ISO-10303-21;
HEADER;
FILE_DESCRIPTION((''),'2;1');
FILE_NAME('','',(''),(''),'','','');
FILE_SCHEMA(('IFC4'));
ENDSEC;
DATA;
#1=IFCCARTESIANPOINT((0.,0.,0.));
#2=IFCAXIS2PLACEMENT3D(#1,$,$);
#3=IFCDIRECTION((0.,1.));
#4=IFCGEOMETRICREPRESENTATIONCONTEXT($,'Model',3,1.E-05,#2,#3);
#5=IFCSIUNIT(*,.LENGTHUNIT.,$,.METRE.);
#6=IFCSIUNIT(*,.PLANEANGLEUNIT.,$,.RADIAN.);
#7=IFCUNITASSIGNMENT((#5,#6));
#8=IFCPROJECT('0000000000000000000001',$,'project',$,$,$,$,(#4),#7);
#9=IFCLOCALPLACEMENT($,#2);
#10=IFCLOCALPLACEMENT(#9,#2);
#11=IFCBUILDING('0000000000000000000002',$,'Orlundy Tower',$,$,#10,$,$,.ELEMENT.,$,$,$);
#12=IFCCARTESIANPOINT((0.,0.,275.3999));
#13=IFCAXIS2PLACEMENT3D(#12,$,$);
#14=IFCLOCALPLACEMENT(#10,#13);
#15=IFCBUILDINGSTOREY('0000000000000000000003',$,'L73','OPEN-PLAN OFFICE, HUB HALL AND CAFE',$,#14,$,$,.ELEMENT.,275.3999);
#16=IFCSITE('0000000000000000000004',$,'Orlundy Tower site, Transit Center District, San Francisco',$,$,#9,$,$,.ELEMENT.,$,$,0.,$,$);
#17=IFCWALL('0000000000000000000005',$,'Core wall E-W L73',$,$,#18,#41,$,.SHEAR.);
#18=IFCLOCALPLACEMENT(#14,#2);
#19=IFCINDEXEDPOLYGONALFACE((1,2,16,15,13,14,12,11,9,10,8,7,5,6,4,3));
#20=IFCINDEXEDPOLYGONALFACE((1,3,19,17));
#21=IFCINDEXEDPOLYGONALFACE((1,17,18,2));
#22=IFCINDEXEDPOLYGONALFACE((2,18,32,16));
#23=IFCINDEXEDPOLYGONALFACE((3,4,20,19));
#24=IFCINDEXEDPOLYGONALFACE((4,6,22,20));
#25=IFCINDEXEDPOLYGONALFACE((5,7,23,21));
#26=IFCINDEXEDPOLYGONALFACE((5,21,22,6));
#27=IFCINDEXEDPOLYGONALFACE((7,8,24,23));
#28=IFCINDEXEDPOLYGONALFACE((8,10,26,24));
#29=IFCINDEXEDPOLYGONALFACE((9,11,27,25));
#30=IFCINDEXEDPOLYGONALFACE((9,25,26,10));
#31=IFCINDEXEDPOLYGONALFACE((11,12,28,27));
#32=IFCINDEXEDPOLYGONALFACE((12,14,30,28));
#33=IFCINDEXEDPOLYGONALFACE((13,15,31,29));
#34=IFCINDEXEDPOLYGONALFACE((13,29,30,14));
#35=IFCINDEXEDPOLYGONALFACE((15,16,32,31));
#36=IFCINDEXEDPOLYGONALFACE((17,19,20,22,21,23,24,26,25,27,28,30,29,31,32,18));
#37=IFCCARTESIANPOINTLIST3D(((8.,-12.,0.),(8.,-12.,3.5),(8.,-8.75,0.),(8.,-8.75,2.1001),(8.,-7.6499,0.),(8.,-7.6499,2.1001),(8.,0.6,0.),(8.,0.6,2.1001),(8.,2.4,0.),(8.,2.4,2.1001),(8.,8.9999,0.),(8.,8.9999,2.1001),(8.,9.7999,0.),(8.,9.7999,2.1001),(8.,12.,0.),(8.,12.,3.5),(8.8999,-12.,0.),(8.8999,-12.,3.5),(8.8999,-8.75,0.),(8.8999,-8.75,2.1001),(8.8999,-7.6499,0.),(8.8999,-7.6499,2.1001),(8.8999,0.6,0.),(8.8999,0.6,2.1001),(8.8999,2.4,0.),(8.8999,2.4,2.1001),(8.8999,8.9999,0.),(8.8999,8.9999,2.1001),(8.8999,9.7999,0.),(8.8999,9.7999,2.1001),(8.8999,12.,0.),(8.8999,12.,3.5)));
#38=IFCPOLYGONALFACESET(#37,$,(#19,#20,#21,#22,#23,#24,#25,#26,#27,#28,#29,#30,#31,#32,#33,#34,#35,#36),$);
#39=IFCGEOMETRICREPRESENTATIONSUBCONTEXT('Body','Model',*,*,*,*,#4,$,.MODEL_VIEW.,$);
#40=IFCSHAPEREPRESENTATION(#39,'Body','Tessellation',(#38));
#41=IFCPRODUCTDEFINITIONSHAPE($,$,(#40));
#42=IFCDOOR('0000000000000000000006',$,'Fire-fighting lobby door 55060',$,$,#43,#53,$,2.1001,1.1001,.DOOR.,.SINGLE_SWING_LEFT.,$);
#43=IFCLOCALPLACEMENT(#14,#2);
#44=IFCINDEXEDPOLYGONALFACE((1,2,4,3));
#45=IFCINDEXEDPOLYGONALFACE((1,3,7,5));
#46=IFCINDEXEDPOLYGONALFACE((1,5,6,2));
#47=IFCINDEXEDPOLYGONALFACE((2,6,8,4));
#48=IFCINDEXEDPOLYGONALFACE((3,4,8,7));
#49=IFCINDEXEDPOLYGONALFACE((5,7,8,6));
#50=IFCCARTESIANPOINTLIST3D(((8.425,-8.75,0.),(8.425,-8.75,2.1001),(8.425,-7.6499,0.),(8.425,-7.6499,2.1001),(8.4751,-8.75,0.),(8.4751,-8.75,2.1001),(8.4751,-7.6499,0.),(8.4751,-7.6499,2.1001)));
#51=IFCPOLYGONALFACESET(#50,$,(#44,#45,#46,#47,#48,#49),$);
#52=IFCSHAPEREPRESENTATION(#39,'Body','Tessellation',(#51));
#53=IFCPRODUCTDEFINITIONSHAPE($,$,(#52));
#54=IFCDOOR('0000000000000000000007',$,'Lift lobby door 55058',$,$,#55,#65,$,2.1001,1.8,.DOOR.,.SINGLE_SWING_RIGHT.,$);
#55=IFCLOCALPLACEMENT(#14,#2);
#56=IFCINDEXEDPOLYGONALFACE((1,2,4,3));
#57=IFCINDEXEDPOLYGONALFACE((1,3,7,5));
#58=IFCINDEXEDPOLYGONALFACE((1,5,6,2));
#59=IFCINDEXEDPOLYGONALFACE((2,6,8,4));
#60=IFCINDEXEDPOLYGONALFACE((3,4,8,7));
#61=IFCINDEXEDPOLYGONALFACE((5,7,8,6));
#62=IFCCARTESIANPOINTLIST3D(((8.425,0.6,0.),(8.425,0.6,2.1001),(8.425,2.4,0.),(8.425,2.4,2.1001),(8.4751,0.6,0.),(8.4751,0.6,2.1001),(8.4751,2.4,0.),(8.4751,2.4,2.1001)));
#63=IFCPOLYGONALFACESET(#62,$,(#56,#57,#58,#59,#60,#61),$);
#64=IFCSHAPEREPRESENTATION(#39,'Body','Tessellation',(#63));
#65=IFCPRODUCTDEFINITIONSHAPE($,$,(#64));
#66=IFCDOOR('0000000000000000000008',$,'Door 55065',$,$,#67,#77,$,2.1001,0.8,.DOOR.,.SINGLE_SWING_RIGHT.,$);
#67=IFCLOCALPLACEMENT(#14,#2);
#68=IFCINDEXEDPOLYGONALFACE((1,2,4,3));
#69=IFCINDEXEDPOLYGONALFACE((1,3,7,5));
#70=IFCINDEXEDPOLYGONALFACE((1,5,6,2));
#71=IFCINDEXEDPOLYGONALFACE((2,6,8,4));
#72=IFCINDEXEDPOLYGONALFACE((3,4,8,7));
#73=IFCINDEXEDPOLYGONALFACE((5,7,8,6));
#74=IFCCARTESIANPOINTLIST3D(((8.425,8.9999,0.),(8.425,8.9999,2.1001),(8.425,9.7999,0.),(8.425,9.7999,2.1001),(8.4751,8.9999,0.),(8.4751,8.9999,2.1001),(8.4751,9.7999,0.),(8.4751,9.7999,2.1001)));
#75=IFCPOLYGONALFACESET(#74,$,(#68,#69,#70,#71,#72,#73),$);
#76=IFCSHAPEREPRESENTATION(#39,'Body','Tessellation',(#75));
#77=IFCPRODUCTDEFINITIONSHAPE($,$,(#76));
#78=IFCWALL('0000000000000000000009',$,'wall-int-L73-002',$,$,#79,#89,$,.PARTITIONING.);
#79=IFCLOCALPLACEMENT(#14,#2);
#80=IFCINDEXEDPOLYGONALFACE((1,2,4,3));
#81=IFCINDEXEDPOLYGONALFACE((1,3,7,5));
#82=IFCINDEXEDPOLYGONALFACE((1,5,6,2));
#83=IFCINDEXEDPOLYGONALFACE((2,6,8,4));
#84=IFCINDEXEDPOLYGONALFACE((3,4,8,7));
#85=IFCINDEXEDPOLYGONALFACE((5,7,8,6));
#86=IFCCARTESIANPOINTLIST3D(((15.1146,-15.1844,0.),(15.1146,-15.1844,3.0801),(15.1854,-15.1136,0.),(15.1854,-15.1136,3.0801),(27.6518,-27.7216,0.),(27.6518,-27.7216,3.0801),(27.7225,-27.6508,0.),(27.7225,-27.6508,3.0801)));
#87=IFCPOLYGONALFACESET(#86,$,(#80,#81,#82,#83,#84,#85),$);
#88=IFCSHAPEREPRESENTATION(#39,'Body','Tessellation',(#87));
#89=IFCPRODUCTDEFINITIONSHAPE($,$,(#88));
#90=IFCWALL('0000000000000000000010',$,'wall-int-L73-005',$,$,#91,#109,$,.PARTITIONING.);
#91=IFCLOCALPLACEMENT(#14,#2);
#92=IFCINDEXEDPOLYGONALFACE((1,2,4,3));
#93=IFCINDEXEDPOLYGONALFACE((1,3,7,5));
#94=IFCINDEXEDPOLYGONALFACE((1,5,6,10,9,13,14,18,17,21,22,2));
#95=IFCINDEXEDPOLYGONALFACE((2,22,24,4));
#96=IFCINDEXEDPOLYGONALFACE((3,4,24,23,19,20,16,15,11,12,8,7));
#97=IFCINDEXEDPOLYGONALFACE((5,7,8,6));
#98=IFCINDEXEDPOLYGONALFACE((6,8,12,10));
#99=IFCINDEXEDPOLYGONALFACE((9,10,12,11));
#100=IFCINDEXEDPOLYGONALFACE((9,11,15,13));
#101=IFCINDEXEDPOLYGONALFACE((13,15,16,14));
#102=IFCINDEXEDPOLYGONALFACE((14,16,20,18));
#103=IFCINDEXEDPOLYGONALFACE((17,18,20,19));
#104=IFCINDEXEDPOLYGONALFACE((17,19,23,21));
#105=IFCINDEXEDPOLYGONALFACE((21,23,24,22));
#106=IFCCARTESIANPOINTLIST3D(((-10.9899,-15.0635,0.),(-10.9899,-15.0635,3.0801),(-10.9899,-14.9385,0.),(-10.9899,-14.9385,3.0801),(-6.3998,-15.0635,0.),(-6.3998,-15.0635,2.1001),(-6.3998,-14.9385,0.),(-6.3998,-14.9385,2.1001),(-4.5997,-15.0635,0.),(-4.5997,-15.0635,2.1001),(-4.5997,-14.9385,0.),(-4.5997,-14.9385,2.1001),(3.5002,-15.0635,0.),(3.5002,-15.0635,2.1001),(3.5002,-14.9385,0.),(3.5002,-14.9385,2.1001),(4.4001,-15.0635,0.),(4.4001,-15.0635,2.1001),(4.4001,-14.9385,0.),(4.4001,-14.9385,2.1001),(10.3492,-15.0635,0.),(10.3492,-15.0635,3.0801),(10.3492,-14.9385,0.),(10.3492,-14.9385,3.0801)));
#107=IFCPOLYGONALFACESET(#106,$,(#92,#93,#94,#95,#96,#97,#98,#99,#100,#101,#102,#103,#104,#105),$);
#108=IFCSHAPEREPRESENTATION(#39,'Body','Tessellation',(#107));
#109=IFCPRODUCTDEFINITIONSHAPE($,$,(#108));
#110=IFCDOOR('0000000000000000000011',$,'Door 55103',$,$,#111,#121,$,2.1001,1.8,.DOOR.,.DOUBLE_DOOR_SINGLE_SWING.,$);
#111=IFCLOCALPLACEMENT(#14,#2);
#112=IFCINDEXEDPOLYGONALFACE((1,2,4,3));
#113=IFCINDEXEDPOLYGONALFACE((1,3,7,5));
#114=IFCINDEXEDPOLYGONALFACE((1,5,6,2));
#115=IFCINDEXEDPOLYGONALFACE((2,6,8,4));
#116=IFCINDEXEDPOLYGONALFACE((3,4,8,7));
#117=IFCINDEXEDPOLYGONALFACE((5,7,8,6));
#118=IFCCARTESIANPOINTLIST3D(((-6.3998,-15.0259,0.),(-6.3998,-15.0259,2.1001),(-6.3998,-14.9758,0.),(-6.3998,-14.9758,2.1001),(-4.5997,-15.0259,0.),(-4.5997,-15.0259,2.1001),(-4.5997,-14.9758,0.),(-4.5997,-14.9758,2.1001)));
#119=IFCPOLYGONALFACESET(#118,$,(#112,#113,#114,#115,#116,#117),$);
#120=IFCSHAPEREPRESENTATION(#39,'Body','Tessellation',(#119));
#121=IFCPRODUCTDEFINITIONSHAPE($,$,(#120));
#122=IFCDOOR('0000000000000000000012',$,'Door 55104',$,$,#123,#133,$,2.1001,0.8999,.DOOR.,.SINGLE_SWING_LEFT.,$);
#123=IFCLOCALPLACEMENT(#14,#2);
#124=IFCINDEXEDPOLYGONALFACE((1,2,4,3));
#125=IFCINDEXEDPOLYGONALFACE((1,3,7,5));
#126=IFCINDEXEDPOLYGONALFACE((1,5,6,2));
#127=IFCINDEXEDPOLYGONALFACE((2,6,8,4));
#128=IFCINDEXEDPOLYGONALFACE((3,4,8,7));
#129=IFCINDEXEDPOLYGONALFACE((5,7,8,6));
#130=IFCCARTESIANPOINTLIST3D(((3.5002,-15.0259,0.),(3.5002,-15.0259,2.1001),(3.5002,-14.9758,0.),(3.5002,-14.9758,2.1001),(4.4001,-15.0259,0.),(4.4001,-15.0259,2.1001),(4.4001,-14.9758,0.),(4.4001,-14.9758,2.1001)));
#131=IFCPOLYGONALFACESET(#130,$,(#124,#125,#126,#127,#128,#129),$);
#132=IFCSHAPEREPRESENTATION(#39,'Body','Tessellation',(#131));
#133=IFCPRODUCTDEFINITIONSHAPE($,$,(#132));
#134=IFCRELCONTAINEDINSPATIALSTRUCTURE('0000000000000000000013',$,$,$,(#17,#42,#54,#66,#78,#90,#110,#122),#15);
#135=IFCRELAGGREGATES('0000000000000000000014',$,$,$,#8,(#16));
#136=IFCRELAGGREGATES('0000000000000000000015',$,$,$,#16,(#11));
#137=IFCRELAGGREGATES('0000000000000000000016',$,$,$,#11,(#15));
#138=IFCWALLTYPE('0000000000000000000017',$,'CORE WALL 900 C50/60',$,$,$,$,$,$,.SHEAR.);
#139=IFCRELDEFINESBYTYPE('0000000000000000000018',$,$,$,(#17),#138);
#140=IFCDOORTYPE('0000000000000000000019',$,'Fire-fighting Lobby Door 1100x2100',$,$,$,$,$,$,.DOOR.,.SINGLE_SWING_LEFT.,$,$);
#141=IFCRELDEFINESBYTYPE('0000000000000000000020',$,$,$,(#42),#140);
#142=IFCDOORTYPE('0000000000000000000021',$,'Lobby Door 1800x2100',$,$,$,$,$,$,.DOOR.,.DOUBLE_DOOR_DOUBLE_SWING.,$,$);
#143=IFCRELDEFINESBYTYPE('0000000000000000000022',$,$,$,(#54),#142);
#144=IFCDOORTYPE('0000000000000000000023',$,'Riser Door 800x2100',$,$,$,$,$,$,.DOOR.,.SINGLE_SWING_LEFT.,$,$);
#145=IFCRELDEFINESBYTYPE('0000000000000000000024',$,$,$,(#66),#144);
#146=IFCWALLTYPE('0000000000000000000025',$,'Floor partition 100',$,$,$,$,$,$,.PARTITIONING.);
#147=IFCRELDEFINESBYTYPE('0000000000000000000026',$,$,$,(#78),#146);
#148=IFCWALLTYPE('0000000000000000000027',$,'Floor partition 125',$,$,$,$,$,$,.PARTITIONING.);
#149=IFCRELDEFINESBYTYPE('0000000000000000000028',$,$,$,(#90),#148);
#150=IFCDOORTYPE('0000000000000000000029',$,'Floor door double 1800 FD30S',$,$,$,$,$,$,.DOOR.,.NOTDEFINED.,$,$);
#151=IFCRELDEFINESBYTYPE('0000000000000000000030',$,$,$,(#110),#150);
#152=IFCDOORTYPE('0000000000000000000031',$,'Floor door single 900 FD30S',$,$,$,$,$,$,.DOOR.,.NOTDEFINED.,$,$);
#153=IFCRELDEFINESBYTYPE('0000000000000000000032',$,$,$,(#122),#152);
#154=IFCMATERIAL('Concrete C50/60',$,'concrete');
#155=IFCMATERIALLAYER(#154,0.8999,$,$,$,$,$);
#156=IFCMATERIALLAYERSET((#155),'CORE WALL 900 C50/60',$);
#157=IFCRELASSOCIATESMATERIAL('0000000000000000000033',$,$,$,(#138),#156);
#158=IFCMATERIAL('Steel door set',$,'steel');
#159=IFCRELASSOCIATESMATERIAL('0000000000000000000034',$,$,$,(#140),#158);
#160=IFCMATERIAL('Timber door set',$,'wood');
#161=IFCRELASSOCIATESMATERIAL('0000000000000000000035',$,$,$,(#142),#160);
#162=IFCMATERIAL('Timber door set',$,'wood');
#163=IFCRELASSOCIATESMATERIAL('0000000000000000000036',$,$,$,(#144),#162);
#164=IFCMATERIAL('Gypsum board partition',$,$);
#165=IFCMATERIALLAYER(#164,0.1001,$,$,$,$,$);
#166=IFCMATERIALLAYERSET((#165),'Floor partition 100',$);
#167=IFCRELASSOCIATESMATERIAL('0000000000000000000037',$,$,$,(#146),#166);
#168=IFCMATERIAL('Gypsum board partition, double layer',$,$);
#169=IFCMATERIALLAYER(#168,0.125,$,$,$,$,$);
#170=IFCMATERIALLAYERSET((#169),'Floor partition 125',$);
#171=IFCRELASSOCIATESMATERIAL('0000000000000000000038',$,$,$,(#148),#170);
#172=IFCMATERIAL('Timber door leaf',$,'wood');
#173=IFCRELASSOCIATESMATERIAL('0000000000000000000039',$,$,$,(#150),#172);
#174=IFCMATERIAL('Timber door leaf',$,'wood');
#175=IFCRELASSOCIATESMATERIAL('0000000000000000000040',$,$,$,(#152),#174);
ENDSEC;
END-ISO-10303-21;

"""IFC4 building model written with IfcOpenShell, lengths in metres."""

from ifc_helpers import new_model, si_unit, direction, frame, frame_2d, origin, place, context, subcontext, project, spatial, rectangle, extrude, material, layer, layer_set, type_object, element, fill, save


model = new_model("IFC4")

# Units and contexts
model_context = context("Model", 3, precision=1e-05, world=origin(), true_north=direction((0.0, 1.0)))
body_context = subcontext(model_context, "Body", "Model", "MODEL_VIEW")
ifc_project = project(units=[si_unit("LENGTHUNIT", "METRE"), si_unit("PLANEANGLEUNIT", "RADIAN")], contexts=[model_context])

# Site, building, storey
site_placement = place(None, origin())
site = spatial("IfcSite", under=ifc_project, at=site_placement, Name="Orlundy Tower site, Transit Center District, San Francisco", CompositionType="ELEMENT", RefElevation=0.0)
building_placement = place(site_placement, origin())
building = spatial("IfcBuilding", under=site, at=building_placement, Name="Orlundy Tower", CompositionType="ELEMENT")
storey_placement = place(building_placement, frame((0.0, 0.0, 275.3999)))
storey = spatial("IfcBuildingStorey", under=building, at=storey_placement, Name="L73", Description="OPEN-PLAN OFFICE, HUB HALL AND CAFE", CompositionType="ELEMENT", Elevation=275.3999)

# Shared definitions
ifc_material_1 = material(Name="Concrete C50/60", Category="concrete")
ifc_layer_1 = layer(ifc_material_1, 0.8999)
ifc_layer_set_1 = layer_set([ifc_layer_1], Name="CORE WALL 900 C50/60")
wall_type_1 = type_object("IfcWallType", Name="CORE WALL 900 C50/60", PredefinedType="SHEAR", material=ifc_layer_set_1)

# Wall, openings, doors
wall_1_placement = place(storey_placement, frame((8.45, -12.0, 0.0), z_axis=(0.0, 0.0, 1.0), x_axis=(0.0, 1.0, 0.0)))
wall_1 = element("IfcWall", 1, at=wall_1_placement, inside=storey, type_object=wall_type_1, Name="Core wall E-W L73", PredefinedType="SHEAR", context=body_context, shape_type="SweptSolid", body=[
    extrude(rectangle(XDim=24.0, YDim=0.8999, at=frame_2d((12.0, 0.0))), origin(), (0.0, 0.0, 1.0), 3.5),
])
opening_1_placement = place(wall_1_placement, frame((12.6001, 0.0, 0.0)))
opening_1 = element("IfcOpeningElement", 2, at=opening_1_placement, cuts=wall_1, PredefinedType="OPENING", context=body_context, shape_type="SweptSolid", body=[
    extrude(rectangle(XDim=1.8, YDim=2.1001, at=frame_2d((0.8999, 1.05))), frame((0.0, 0.46, 0.0), z_axis=(0.0, -1.0, 0.0), x_axis=(1.0, 0.0, 0.0)), (0.0, 0.0, 1.0), 0.9199),
])
opening_2_placement = place(wall_1_placement, frame((3.25, 0.0, 0.0)))
opening_2 = element("IfcOpeningElement", 3, at=opening_2_placement, cuts=wall_1, PredefinedType="OPENING", context=body_context, shape_type="SweptSolid", body=[
    extrude(rectangle(XDim=1.1001, YDim=2.1001, at=frame_2d((0.55, 1.05))), frame((0.0, 0.46, 0.0), z_axis=(0.0, -1.0, 0.0), x_axis=(1.0, 0.0, 0.0)), (0.0, 0.0, 1.0), 0.9199),
])
opening_3_placement = place(wall_1_placement, frame((21.0, 0.0, 0.0)))
opening_3 = element("IfcOpeningElement", 4, at=opening_3_placement, cuts=wall_1, PredefinedType="OPENING", context=body_context, shape_type="SweptSolid", body=[
    extrude(rectangle(XDim=0.8, YDim=2.1001, at=frame_2d((0.3999, 1.05))), frame((0.0, 0.46, 0.0), z_axis=(0.0, -1.0, 0.0), x_axis=(1.0, 0.0, 0.0)), (0.0, 0.0, 1.0), 0.9199),
])
ifc_material_2 = material(Name="Steel door set", Category="steel")
door_type_1 = type_object("IfcDoorType", Name="Fire-fighting Lobby Door 1100x2100", OperationType="SINGLE_SWING_LEFT", PredefinedType="DOOR", material=ifc_material_2)
door_1_placement = place(opening_2_placement, origin())
door_1 = element("IfcDoor", 5, at=door_1_placement, inside=storey, type_object=door_type_1, Name="Fire-fighting lobby door 55060", OperationType="SINGLE_SWING_LEFT", OverallHeight=2.1001, OverallWidth=1.1001, PredefinedType="DOOR", context=body_context, shape_type="SweptSolid", body=[
    extrude(rectangle(XDim=1.1001, YDim=2.1001, at=frame_2d((0.55, 1.05))), frame((0.0, 0.0249, 0.0), z_axis=(0.0, -1.0, 0.0), x_axis=(1.0, 0.0, 0.0)), (0.0, 0.0, 1.0), 0.05),
])
fill(opening_2, door_1)
ifc_material_3 = material(Name="Timber door set", Category="wood")
door_type_2 = type_object("IfcDoorType", Name="Lobby Door 1800x2100", OperationType="DOUBLE_DOOR_DOUBLE_SWING", PredefinedType="DOOR", material=ifc_material_3)
door_2_placement = place(opening_1_placement, origin())
door_2 = element("IfcDoor", 6, at=door_2_placement, inside=storey, type_object=door_type_2, Name="Lift lobby door 55058", OperationType="SINGLE_SWING_RIGHT", OverallHeight=2.1001, OverallWidth=1.8, PredefinedType="DOOR", context=body_context, shape_type="SweptSolid", body=[
    extrude(rectangle(XDim=1.8, YDim=2.1001, at=frame_2d((0.8999, 1.05))), frame((0.0, 0.0249, 0.0), z_axis=(0.0, -1.0, 0.0), x_axis=(1.0, 0.0, 0.0)), (0.0, 0.0, 1.0), 0.05),
])
fill(opening_1, door_2)
ifc_material_4 = material(Name="Timber door set", Category="wood")
door_type_3 = type_object("IfcDoorType", Name="Riser Door 800x2100", OperationType="SINGLE_SWING_LEFT", PredefinedType="DOOR", material=ifc_material_4)
door_3_placement = place(opening_3_placement, origin())
door_3 = element("IfcDoor", 7, at=door_3_placement, inside=storey, type_object=door_type_3, Name="Door 55065", OperationType="SINGLE_SWING_RIGHT", OverallHeight=2.1001, OverallWidth=0.8, PredefinedType="DOOR", context=body_context, shape_type="SweptSolid", body=[
    extrude(rectangle(XDim=0.8, YDim=2.1001, at=frame_2d((0.3999, 1.05))), frame((0.0, 0.0249, 0.0), z_axis=(0.0, -1.0, 0.0), x_axis=(1.0, 0.0, 0.0)), (0.0, 0.0, 1.0), 0.05),
])
fill(opening_3, door_3)

# Wall
ifc_material_5 = material(Name="Gypsum board partition")
ifc_layer_2 = layer(ifc_material_5, 0.1001)
ifc_layer_set_2 = layer_set([ifc_layer_2], Name="Floor partition 100")
wall_type_2 = type_object("IfcWallType", Name="Floor partition 100", PredefinedType="PARTITIONING", material=ifc_layer_set_2)
wall_2_placement = place(storey_placement, frame((15.1499, -15.1489, 0.0), z_axis=(0.0, 0.0, 1.0), x_axis=(0.707107, -0.707107, 0.0)))
element("IfcWall", 8, at=wall_2_placement, inside=storey, type_object=wall_type_2, Name="wall-int-L73-002", PredefinedType="PARTITIONING", context=body_context, shape_type="SweptSolid", body=[
    extrude(rectangle(XDim=17.7302, YDim=0.1001, at=frame_2d((8.8652, 0.0))), origin(), (0.0, 0.0, 1.0), 3.0801),
])

# Wall, openings, doors
ifc_material_6 = material(Name="Gypsum board partition, double layer")
ifc_layer_3 = layer(ifc_material_6, 0.125)
ifc_layer_set_3 = layer_set([ifc_layer_3], Name="Floor partition 125")
wall_type_3 = type_object("IfcWallType", Name="Floor partition 125", PredefinedType="PARTITIONING", material=ifc_layer_set_3)
wall_3_placement = place(storey_placement, frame((10.3491, -15.001, 0.0), z_axis=(0.0, 0.0, 1.0), x_axis=(-1.0, 0.0, 0.0)))
wall_3 = element("IfcWall", 9, at=wall_3_placement, inside=storey, type_object=wall_type_3, Name="wall-int-L73-005", PredefinedType="PARTITIONING", context=body_context, shape_type="SweptSolid", body=[
    extrude(rectangle(XDim=21.3391, YDim=0.125, at=frame_2d((10.6694, 0.0))), origin(), (0.0, 0.0, 1.0), 3.0801),
])
opening_4_placement = place(wall_3_placement, frame((14.949, 0.0, 0.0)))
opening_4 = element("IfcOpeningElement", 10, at=opening_4_placement, cuts=wall_3, PredefinedType="OPENING", context=body_context, shape_type="SweptSolid", body=[
    extrude(rectangle(XDim=1.8, YDim=2.1001, at=frame_2d((0.8999, 1.05))), frame((0.0, 0.0725, 0.0), z_axis=(0.0, -1.0, 0.0), x_axis=(1.0, 0.0, 0.0)), (0.0, 0.0, 1.0), 0.145),
])
opening_5_placement = place(wall_3_placement, frame((5.949, 0.0, 0.0)))
opening_5 = element("IfcOpeningElement", 11, at=opening_5_placement, cuts=wall_3, PredefinedType="OPENING", context=body_context, shape_type="SweptSolid", body=[
    extrude(rectangle(XDim=0.8999, YDim=2.1001, at=frame_2d((0.45, 1.05))), frame((0.0, 0.0725, 0.0), z_axis=(0.0, -1.0, 0.0), x_axis=(1.0, 0.0, 0.0)), (0.0, 0.0, 1.0), 0.145),
])
ifc_material_7 = material(Name="Timber door leaf", Category="wood")
door_type_4 = type_object("IfcDoorType", Name="Floor door double 1800 FD30S", OperationType="NOTDEFINED", PredefinedType="DOOR", material=ifc_material_7)
door_4_placement = place(opening_4_placement, origin())
door_4 = element("IfcDoor", 12, at=door_4_placement, inside=storey, type_object=door_type_4, Name="Door 55103", OperationType="DOUBLE_DOOR_SINGLE_SWING", OverallHeight=2.1001, OverallWidth=1.8, PredefinedType="DOOR", context=body_context, shape_type="SweptSolid", body=[
    extrude(rectangle(XDim=1.8, YDim=2.1001, at=frame_2d((0.8999, 1.05))), frame((0.0, 0.0249, 0.0), z_axis=(0.0, -1.0, 0.0), x_axis=(1.0, 0.0, 0.0)), (0.0, 0.0, 1.0), 0.05),
])
fill(opening_4, door_4)
ifc_material_8 = material(Name="Timber door leaf", Category="wood")
door_type_5 = type_object("IfcDoorType", Name="Floor door single 900 FD30S", OperationType="NOTDEFINED", PredefinedType="DOOR", material=ifc_material_8)
door_5_placement = place(opening_5_placement, origin())
door_5 = element("IfcDoor", 13, at=door_5_placement, inside=storey, type_object=door_type_5, Name="Door 55104", OperationType="SINGLE_SWING_LEFT", OverallHeight=2.1001, OverallWidth=0.8999, PredefinedType="DOOR", context=body_context, shape_type="SweptSolid", body=[
    extrude(rectangle(XDim=0.8999, YDim=2.1001, at=frame_2d((0.45, 1.05))), frame((0.0, 0.0249, 0.0), z_axis=(0.0, -1.0, 0.0), x_axis=(1.0, 0.0, 0.0)), (0.0, 0.0, 1.0), 0.05),
])
fill(opening_5, door_5)

save(model, "model.ifc")
